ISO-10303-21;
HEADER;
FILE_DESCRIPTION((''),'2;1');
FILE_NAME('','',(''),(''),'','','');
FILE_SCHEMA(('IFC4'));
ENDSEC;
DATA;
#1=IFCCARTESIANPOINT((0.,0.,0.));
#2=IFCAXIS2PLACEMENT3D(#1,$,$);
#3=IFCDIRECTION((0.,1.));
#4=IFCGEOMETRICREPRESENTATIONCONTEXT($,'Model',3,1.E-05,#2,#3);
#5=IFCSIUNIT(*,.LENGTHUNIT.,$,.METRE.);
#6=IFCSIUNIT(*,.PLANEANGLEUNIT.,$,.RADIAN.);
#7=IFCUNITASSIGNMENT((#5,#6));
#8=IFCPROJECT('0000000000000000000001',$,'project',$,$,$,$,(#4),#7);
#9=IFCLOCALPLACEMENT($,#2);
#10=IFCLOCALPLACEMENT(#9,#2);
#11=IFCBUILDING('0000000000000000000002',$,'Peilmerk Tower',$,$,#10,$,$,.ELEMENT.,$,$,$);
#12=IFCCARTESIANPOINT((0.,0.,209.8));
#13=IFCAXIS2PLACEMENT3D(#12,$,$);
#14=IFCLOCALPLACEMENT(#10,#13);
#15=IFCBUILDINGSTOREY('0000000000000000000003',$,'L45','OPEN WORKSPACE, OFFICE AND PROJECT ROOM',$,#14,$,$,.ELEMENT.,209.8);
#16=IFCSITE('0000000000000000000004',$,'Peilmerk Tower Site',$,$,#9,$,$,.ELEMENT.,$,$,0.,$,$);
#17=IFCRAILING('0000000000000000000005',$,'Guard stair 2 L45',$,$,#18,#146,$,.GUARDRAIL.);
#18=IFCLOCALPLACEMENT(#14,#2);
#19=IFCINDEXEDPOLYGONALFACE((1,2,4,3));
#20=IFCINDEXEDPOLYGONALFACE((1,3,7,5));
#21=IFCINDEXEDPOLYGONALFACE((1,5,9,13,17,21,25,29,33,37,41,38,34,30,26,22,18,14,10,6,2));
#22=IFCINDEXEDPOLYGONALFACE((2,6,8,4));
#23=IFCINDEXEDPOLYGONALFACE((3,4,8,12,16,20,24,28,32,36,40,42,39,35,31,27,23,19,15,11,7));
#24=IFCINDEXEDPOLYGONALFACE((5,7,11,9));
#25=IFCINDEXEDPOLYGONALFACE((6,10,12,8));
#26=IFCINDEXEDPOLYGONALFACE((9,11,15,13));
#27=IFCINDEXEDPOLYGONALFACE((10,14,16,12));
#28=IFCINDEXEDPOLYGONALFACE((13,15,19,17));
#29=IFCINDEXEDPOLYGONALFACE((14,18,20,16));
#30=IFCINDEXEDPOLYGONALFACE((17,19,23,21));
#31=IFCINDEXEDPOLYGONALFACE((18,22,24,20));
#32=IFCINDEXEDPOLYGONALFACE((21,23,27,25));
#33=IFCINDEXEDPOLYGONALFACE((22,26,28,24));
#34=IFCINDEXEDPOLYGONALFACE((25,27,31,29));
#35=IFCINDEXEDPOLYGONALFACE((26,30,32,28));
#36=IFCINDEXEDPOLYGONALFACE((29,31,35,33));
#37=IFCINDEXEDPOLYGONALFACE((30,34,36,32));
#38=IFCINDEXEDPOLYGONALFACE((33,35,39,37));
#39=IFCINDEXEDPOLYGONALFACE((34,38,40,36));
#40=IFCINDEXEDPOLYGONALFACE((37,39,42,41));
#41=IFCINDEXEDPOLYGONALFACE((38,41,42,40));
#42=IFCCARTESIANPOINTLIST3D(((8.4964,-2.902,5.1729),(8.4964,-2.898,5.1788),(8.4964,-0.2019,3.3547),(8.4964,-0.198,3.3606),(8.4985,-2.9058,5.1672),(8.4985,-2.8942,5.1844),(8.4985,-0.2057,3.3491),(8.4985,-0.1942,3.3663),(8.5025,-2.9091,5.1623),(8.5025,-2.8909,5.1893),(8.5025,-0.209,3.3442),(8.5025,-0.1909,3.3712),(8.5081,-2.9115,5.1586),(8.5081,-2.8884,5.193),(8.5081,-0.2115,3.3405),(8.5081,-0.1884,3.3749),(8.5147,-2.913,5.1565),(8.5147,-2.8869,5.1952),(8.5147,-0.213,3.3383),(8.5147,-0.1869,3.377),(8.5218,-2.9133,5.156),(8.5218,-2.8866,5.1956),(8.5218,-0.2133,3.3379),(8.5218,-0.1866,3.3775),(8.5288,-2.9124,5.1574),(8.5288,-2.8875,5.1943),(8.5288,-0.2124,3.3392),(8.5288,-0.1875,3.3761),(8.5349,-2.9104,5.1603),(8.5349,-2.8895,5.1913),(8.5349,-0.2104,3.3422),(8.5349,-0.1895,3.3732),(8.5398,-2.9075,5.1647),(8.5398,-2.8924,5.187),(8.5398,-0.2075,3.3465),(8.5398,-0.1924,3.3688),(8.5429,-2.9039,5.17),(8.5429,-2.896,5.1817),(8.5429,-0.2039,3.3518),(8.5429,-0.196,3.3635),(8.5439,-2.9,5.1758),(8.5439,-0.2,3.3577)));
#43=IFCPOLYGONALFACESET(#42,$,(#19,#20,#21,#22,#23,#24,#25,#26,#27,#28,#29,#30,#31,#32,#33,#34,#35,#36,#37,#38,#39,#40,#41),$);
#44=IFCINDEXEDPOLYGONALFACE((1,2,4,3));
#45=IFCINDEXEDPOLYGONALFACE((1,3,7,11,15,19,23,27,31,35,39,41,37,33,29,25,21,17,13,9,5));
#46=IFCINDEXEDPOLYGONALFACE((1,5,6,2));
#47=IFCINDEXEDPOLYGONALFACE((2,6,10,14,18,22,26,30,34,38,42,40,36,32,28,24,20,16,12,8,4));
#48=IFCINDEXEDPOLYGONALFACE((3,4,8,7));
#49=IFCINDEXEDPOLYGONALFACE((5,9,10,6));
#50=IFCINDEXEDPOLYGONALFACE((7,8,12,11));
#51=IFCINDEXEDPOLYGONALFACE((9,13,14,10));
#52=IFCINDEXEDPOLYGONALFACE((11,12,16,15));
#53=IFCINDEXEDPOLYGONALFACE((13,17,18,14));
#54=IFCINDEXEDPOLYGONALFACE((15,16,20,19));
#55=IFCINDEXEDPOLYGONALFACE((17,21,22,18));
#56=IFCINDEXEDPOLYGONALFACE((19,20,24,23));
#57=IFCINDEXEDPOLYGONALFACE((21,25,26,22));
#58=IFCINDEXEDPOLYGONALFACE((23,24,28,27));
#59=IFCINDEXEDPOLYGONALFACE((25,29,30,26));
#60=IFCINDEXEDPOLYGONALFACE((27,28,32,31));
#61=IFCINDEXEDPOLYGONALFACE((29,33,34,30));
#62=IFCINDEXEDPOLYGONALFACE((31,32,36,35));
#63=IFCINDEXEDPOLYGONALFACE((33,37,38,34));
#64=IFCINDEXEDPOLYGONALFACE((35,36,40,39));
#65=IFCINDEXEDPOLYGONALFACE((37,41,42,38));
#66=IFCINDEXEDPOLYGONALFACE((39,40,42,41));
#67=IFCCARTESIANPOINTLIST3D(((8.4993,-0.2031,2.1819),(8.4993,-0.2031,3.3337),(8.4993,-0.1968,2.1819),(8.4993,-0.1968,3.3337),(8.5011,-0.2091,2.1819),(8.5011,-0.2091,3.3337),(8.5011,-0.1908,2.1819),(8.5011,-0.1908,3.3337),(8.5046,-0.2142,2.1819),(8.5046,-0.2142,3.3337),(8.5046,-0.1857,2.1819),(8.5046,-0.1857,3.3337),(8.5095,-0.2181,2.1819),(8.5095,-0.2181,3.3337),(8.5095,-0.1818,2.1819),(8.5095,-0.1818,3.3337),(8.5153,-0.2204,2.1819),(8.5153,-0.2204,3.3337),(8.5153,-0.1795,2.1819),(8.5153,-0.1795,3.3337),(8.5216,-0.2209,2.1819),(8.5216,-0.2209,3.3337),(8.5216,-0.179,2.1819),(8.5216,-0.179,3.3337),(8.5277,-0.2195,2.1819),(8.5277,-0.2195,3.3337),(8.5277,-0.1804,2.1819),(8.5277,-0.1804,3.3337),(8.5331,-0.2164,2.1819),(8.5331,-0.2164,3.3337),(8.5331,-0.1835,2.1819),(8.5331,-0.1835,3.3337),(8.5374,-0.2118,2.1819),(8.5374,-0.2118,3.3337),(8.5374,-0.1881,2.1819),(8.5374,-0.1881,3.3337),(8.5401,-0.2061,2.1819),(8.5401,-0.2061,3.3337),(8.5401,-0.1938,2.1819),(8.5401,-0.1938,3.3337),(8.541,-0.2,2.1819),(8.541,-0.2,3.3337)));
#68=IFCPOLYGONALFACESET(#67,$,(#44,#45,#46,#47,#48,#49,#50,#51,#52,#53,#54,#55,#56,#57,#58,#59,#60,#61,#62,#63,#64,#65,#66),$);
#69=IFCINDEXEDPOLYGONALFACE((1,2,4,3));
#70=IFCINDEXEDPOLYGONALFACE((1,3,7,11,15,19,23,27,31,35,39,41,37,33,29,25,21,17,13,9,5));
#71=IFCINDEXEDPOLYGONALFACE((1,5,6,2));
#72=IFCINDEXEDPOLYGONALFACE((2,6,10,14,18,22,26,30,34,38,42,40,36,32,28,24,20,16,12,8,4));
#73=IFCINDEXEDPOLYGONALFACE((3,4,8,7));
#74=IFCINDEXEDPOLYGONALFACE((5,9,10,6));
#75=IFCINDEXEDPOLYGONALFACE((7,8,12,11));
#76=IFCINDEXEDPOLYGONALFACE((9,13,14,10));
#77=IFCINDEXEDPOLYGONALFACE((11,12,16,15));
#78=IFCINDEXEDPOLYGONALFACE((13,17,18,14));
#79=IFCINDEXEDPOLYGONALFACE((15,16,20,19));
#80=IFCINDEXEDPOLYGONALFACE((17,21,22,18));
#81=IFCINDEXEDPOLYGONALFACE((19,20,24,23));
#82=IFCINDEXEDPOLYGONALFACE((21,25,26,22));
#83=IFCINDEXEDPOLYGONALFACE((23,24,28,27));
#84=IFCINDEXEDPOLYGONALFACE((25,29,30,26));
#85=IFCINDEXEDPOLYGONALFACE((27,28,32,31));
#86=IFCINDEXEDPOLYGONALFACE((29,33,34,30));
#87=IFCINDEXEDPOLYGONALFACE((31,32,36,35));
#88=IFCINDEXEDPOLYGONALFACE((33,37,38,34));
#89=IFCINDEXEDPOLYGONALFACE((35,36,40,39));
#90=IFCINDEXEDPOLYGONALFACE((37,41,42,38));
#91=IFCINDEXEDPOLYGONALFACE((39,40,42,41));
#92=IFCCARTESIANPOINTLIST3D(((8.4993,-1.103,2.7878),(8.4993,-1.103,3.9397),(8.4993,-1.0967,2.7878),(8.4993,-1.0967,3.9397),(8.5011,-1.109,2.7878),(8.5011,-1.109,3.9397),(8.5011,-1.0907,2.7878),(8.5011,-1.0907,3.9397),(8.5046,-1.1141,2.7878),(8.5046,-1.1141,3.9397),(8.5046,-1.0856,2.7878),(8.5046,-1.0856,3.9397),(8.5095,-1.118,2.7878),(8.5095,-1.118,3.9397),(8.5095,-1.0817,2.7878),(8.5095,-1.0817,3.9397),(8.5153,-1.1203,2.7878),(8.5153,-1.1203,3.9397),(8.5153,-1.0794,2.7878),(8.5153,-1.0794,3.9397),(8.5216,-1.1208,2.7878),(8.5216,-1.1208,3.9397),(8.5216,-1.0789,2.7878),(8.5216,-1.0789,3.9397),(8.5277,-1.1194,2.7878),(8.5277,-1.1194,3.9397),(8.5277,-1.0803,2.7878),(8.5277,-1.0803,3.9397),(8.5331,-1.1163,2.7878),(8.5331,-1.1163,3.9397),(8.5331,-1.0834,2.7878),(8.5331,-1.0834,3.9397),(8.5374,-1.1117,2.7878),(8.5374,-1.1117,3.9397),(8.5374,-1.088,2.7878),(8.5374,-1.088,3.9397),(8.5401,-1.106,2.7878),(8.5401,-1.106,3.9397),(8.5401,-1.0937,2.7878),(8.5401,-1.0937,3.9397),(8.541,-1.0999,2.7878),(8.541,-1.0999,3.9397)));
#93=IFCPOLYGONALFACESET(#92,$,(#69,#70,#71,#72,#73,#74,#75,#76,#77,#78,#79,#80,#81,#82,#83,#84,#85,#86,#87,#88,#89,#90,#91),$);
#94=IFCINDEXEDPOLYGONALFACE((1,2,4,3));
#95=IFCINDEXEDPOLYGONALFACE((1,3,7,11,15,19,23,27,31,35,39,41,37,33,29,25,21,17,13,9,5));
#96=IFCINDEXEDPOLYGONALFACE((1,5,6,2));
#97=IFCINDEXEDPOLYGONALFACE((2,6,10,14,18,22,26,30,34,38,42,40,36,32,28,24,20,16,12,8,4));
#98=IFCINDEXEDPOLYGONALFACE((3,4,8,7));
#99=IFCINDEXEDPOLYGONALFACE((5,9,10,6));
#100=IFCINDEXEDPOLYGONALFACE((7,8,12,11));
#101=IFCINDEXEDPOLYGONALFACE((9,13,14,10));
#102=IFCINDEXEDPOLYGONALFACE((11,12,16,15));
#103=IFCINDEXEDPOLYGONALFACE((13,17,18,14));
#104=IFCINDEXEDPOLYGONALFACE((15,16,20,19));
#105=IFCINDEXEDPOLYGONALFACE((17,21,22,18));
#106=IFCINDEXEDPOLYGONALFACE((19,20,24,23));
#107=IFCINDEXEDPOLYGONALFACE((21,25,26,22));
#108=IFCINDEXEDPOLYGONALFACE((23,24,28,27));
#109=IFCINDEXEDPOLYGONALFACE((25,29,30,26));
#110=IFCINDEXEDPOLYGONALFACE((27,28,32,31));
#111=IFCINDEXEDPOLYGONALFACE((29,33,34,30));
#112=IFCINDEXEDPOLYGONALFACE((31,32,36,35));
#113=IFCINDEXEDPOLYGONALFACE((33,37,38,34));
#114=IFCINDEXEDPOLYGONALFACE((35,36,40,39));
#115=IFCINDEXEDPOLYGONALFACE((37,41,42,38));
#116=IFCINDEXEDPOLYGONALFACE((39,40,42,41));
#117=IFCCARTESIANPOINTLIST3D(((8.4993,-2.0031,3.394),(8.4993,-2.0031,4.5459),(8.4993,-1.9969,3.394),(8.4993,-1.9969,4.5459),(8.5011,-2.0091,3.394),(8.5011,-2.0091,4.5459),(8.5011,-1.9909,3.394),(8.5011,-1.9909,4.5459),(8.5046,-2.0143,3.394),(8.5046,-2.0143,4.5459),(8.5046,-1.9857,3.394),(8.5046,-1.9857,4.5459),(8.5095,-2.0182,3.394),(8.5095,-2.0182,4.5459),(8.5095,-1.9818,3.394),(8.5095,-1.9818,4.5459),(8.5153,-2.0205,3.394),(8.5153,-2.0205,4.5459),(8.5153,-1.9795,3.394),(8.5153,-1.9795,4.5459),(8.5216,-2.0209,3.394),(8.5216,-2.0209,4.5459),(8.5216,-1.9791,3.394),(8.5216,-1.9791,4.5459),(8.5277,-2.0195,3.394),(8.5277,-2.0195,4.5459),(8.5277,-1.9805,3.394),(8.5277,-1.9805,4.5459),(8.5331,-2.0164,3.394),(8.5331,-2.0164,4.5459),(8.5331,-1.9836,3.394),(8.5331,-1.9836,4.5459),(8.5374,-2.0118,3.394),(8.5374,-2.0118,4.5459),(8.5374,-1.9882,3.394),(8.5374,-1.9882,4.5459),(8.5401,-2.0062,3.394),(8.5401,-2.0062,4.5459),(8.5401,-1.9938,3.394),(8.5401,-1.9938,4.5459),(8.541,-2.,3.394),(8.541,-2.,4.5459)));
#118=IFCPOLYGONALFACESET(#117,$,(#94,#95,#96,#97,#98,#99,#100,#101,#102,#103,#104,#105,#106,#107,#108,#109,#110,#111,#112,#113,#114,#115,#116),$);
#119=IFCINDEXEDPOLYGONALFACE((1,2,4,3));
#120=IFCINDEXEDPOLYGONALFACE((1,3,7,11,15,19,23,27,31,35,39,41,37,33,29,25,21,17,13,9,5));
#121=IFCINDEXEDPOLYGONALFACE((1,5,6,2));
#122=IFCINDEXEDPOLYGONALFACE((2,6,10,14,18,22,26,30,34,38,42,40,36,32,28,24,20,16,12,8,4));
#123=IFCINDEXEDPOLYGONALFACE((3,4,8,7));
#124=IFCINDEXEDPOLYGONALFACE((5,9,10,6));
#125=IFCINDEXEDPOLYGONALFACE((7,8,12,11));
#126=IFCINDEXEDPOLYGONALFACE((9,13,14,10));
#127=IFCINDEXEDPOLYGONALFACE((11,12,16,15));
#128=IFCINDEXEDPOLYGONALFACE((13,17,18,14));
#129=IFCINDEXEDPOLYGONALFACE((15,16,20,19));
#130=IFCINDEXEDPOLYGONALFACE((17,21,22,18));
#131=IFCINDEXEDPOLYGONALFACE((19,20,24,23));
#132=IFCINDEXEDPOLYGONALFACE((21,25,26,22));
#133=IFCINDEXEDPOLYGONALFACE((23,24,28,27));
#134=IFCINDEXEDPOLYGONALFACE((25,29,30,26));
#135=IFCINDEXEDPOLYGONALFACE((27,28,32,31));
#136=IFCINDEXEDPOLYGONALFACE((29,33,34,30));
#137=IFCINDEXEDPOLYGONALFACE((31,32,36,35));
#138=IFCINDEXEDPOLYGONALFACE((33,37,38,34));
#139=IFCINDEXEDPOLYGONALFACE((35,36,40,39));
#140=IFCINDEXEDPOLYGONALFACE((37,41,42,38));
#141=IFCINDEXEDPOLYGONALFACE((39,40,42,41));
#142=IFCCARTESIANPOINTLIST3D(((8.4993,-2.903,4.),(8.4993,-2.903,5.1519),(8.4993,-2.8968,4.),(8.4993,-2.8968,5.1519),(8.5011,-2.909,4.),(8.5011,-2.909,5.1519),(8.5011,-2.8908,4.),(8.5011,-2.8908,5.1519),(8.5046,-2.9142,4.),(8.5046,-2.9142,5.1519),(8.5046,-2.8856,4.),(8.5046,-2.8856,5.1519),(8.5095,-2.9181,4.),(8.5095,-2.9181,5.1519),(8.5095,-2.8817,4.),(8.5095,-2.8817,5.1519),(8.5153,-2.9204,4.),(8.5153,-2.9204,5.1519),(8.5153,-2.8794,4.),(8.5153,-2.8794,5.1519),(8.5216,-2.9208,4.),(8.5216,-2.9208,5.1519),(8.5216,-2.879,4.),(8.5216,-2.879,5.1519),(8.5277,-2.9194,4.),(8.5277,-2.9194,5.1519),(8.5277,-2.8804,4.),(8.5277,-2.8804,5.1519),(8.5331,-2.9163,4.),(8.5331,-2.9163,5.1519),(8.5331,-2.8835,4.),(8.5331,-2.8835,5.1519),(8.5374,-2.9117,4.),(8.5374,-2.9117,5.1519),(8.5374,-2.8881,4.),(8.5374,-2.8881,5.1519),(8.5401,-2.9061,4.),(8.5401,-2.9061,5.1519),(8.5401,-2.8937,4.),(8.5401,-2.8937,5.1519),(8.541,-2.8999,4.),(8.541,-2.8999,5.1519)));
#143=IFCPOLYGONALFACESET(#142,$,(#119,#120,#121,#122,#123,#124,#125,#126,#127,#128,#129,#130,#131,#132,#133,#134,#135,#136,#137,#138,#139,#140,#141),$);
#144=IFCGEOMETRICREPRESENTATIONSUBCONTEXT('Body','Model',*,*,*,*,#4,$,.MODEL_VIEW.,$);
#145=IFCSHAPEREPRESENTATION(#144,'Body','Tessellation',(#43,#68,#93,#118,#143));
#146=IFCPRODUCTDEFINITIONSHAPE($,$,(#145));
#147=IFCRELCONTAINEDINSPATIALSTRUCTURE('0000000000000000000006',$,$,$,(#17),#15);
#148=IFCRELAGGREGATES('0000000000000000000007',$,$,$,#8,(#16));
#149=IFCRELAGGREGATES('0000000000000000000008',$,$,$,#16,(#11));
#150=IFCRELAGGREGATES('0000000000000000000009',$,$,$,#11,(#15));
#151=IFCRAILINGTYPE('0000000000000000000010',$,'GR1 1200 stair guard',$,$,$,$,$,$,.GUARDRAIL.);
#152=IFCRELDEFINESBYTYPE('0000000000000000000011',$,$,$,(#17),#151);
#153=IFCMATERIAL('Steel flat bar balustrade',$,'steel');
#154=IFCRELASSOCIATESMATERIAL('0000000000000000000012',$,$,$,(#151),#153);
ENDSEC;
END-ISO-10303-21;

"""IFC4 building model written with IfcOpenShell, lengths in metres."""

from ifc_helpers import new_model, si_unit, direction, frame, origin, origin_2d, place, context, subcontext, project, spatial, circle, extrude, material, type_object, element, save


model = new_model("IFC4")

# Units and contexts
model_context = context("Model", 3, precision=1e-05, world=origin(), true_north=direction((0.0, 1.0)))
body_context = subcontext(model_context, "Body", "Model", "MODEL_VIEW")
ifc_project = project(units=[si_unit("LENGTHUNIT", "METRE"), si_unit("PLANEANGLEUNIT", "RADIAN")], contexts=[model_context])

# Site, building, storey
site_placement = place(None, origin())
site = spatial("IfcSite", under=ifc_project, at=site_placement, Name="Peilmerk Tower Site", CompositionType="ELEMENT", RefElevation=0.0)
building_placement = place(site_placement, origin())
building = spatial("IfcBuilding", under=site, at=building_placement, Name="Peilmerk Tower", CompositionType="ELEMENT")
storey_placement = place(building_placement, frame((0.0, 0.0, 209.8)))
storey = spatial("IfcBuildingStorey", under=building, at=storey_placement, Name="L45", Description="OPEN WORKSPACE, OFFICE AND PROJECT ROOM", CompositionType="ELEMENT", Elevation=209.8)

# Railing
ifc_material_1 = material(Name="Steel flat bar balustrade", Category="steel")
railing_type_1 = type_object("IfcRailingType", Name="GR1 1200 stair guard", PredefinedType="GUARDRAIL", material=ifc_material_1)
railing_1_placement = place(storey_placement, frame((8.52, -0.2, 2.1819)))
element("IfcRailing", 1, at=railing_1_placement, inside=storey, type_object=railing_type_1, Name="Guard stair 2 L45", PredefinedType="GUARDRAIL", context=body_context, shape_type="SweptSolid", body=[
    extrude(circle(Radius=0.0239, at=origin_2d()), frame((0.0, 0.0, 1.1758), z_axis=(0.0, -0.829468, 0.558554), x_axis=(1.0, 0.0, 0.0)), (0.0, 0.0, 1.0), 3.2551),
    extrude(circle(Radius=0.021, at=origin_2d()), origin(), (0.0, 0.0, 1.0), 1.1519),
    extrude(circle(Radius=0.021, at=origin_2d()), frame((0.0, -0.8999, 0.606)), (0.0, 0.0, 1.0), 1.1519),
    extrude(circle(Radius=0.021, at=origin_2d()), frame((0.0, -1.8, 1.2122)), (0.0, 0.0, 1.0), 1.1519),
    extrude(circle(Radius=0.021, at=origin_2d()), frame((0.0, -2.7, 1.8181)), (0.0, 0.0, 1.0), 1.1519),
])

save(model, "model.ifc")
